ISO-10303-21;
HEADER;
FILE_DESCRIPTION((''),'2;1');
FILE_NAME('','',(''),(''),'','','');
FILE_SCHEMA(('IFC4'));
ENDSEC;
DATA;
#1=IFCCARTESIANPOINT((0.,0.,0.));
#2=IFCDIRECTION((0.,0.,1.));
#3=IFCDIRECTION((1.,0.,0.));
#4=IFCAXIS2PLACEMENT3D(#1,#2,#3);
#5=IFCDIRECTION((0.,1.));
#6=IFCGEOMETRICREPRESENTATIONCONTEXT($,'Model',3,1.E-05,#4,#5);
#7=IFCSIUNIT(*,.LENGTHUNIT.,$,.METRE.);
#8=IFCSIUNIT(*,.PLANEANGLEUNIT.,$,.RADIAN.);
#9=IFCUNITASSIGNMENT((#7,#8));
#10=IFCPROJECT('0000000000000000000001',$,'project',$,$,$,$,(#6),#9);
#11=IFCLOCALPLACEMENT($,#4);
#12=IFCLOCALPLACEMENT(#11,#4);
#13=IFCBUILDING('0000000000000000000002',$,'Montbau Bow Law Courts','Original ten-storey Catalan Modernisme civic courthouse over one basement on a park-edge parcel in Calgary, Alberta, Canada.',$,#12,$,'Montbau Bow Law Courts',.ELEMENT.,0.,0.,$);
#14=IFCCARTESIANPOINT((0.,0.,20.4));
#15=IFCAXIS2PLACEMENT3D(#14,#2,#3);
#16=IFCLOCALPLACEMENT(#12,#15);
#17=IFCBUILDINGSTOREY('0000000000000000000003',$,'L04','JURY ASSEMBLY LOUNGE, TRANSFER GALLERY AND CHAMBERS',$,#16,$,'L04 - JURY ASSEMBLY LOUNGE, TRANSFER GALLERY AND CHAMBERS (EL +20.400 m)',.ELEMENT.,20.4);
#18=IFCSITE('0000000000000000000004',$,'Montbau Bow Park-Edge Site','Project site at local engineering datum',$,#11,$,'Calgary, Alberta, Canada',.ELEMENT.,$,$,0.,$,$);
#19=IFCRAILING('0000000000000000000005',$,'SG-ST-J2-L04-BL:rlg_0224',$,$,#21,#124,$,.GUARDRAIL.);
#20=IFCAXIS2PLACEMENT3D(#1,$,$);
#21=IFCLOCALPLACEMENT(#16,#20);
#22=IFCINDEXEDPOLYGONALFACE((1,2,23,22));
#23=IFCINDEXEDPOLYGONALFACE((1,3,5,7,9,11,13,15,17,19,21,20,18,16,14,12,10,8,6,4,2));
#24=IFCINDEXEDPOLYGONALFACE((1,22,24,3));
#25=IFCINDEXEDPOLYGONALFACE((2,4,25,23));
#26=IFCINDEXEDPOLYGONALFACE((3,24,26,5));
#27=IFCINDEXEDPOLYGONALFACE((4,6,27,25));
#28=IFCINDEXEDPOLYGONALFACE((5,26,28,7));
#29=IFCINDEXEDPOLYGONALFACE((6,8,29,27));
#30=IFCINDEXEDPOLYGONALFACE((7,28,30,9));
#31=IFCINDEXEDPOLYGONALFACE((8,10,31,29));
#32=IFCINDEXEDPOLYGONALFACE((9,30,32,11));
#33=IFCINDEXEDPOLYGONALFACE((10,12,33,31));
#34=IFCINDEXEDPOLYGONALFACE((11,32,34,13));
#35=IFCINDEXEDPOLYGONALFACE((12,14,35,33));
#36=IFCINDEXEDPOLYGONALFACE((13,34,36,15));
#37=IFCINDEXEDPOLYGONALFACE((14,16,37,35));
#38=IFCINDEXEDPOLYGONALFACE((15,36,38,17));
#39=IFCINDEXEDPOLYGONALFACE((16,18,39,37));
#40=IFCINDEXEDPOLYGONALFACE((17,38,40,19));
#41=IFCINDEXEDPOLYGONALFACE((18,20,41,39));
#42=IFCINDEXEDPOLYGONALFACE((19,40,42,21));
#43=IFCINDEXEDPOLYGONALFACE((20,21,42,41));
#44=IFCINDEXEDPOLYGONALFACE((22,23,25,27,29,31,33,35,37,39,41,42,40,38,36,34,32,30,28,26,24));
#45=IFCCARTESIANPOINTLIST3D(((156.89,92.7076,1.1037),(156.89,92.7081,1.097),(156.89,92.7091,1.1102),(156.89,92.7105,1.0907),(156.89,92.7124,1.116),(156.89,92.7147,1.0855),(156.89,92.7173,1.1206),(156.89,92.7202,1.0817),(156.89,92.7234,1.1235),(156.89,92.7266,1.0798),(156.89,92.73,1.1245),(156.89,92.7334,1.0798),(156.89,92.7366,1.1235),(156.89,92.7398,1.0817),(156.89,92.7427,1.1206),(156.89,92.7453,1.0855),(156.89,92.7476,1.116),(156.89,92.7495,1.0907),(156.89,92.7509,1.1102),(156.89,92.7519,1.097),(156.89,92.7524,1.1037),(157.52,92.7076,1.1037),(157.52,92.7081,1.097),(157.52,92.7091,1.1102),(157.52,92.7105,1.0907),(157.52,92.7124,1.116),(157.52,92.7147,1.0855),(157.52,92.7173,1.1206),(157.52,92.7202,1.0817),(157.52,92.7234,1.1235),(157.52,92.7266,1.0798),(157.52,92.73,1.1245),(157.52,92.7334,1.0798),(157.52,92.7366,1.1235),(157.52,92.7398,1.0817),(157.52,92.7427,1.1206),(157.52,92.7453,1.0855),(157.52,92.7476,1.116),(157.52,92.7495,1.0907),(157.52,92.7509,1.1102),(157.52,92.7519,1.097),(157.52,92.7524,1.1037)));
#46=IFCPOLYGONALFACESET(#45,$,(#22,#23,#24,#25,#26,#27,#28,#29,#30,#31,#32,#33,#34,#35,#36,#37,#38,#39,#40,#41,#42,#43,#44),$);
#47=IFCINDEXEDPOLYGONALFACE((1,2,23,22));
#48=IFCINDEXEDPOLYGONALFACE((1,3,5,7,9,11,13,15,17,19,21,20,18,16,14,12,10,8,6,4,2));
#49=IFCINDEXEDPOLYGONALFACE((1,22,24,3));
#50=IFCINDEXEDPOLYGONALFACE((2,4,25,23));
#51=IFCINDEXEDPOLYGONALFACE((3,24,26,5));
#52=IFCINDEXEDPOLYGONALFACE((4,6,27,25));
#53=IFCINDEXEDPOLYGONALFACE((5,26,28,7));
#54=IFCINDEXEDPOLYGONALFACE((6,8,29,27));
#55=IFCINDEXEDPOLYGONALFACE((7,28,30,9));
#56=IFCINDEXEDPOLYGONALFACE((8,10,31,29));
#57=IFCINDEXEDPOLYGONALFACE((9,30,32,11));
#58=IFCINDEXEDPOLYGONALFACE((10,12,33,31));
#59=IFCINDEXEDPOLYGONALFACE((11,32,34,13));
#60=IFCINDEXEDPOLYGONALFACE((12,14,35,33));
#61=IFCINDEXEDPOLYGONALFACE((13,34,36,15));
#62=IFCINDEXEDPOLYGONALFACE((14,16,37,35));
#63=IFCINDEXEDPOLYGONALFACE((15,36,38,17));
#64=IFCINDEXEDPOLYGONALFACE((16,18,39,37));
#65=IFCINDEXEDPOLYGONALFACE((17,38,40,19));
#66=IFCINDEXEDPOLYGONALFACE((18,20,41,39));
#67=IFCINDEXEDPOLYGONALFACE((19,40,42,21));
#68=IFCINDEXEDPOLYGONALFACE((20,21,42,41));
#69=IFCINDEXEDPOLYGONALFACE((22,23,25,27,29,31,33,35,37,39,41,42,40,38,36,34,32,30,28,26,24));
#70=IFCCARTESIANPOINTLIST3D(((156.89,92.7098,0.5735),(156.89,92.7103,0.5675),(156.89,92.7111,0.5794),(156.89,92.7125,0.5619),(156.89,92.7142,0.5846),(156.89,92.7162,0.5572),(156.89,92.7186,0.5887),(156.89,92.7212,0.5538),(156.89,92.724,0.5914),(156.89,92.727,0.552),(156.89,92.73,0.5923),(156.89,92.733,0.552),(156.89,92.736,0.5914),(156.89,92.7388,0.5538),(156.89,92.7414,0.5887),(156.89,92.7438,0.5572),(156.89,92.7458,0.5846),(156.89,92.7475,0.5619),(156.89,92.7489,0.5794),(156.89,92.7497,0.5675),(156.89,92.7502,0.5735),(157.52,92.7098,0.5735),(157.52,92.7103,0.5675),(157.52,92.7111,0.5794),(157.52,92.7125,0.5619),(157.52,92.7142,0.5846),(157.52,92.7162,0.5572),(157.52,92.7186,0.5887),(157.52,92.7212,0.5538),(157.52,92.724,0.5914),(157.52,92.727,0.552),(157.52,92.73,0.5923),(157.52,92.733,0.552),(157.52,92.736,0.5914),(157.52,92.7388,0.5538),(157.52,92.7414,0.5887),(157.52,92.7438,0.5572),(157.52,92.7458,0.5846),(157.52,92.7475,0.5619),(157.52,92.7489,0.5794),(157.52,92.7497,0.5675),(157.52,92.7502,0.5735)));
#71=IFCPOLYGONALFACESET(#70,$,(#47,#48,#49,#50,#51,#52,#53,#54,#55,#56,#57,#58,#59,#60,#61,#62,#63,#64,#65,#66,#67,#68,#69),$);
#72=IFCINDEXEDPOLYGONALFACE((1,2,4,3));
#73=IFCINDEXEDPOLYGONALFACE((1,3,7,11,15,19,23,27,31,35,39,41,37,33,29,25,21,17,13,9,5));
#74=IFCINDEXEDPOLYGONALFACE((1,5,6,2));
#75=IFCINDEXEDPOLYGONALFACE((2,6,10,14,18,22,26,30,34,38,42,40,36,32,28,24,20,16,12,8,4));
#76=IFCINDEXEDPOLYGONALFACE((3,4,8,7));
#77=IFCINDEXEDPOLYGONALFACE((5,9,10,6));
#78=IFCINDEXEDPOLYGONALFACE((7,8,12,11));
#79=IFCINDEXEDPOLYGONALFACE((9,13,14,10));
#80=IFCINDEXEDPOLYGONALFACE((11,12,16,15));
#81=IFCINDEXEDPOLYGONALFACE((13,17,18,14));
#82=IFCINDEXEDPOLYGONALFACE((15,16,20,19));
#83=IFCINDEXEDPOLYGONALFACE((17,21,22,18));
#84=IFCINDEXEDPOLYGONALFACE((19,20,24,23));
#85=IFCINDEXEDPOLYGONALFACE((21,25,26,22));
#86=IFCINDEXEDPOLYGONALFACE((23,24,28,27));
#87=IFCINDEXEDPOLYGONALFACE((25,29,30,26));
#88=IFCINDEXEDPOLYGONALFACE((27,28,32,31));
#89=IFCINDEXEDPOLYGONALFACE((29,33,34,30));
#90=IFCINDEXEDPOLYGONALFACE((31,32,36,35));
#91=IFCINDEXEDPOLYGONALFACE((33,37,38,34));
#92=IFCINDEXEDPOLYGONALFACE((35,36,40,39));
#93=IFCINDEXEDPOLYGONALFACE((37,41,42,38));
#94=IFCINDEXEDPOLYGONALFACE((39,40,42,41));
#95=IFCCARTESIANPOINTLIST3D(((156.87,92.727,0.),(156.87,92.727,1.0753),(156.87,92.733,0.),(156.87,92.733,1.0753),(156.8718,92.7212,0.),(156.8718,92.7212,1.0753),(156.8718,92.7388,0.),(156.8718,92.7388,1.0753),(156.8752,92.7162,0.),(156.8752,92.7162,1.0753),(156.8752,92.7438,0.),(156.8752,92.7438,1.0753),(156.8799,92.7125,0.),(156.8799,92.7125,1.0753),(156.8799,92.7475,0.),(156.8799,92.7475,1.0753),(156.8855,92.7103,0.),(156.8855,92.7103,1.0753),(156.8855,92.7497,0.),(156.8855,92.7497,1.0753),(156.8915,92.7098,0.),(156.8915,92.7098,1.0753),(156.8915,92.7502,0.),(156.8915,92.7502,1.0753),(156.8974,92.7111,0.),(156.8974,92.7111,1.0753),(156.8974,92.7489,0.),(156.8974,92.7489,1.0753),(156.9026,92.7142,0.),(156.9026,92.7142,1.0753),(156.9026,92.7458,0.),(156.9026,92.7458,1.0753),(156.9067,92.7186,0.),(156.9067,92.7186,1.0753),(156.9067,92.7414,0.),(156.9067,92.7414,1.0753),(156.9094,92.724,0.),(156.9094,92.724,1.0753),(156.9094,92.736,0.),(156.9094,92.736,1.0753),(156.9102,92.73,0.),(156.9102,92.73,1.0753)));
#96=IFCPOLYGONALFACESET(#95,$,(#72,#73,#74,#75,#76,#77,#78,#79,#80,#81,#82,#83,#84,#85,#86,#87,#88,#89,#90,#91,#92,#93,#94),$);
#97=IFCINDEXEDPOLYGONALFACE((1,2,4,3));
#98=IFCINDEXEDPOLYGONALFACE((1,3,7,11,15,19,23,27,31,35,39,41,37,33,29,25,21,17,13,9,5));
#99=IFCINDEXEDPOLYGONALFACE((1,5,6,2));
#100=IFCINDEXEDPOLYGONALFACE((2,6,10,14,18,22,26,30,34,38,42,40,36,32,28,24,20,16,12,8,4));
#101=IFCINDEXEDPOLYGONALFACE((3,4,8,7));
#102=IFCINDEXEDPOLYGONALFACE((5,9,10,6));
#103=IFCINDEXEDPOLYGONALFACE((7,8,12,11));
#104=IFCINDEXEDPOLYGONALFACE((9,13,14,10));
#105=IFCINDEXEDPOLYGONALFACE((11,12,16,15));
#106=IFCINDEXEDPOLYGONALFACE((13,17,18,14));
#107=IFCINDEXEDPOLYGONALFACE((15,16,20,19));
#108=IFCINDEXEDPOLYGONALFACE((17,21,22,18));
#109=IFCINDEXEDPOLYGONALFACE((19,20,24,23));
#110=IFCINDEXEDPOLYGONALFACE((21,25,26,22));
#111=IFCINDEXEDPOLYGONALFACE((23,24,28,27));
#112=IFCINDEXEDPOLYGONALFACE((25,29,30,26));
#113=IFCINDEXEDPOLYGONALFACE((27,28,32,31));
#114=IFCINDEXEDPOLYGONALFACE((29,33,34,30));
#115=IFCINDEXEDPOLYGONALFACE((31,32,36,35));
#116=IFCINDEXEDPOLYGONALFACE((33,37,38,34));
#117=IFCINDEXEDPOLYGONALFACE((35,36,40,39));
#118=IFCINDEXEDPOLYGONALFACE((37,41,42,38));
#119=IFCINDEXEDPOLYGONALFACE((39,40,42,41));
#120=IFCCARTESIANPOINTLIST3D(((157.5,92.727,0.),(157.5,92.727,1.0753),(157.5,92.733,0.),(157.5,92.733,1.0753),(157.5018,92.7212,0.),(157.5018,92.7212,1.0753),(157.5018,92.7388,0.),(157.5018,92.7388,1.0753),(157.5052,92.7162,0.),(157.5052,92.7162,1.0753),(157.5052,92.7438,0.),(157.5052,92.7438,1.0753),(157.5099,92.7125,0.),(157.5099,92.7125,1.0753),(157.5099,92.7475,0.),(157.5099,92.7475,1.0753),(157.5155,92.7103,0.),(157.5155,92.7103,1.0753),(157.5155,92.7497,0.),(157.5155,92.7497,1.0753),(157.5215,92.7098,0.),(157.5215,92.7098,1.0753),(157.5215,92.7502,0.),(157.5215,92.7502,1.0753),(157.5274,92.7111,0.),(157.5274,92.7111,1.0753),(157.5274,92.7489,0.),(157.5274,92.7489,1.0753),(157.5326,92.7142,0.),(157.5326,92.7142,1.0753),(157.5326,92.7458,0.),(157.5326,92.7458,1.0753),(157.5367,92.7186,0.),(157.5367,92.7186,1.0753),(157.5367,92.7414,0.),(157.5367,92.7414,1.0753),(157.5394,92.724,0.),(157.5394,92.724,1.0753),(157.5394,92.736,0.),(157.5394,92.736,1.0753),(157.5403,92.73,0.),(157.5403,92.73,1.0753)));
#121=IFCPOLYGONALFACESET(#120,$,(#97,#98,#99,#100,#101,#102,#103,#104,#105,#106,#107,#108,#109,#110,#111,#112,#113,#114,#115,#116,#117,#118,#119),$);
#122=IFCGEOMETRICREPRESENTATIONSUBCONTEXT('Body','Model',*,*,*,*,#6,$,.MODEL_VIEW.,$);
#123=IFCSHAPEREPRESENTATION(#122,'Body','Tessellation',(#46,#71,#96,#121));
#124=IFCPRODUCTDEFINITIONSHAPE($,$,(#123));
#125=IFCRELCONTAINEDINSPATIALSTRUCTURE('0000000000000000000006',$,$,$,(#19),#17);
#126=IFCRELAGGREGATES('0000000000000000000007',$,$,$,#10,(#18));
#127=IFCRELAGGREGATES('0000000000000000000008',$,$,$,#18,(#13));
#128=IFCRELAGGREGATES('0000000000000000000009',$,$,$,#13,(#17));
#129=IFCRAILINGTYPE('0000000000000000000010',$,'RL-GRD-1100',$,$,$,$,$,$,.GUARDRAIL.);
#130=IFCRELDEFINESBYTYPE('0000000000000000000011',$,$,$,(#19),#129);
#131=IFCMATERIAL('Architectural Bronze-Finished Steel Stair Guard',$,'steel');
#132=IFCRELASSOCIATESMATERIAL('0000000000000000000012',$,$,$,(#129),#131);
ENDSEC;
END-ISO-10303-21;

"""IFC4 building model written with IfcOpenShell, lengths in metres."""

from ifc_helpers import new_model, si_unit, direction, frame, origin_with_axes, origin_2d_with_axis, place, context, subcontext, project, spatial, circle, extrude, material, type_object, element, save


model = new_model("IFC4")

# Units and contexts
model_context = context("Model", 3, precision=1e-05, world=origin_with_axes(), true_north=direction((0.0, 1.0)))
body_context = subcontext(model_context, "Body", "Model", "MODEL_VIEW")
ifc_project = project(units=[si_unit("LENGTHUNIT", "METRE"), si_unit("PLANEANGLEUNIT", "RADIAN")], contexts=[model_context])

# Site, building, storey
site_placement = place(None, origin_with_axes())
site = spatial("IfcSite", under=ifc_project, at=site_placement, Name="Montbau Bow Park-Edge Site", Description="Project site at local engineering datum", LongName="Calgary, Alberta, Canada", CompositionType="ELEMENT", RefElevation=0.0)
building_placement = place(site_placement, origin_with_axes())
building = spatial("IfcBuilding", under=site, at=building_placement, Name="Montbau Bow Law Courts", Description="Original ten-storey Catalan Modernisme civic courthouse over one basement on a park-edge parcel in Calgary, Alberta, Canada.", LongName="Montbau Bow Law Courts", CompositionType="ELEMENT", ElevationOfRefHeight=0.0, ElevationOfTerrain=0.0)
storey_placement = place(building_placement, frame((0.0, 0.0, 20.4), z_axis=(0.0, 0.0, 1.0), x_axis=(1.0, 0.0, 0.0)))
storey = spatial("IfcBuildingStorey", under=building, at=storey_placement, Name="L04", Description="JURY ASSEMBLY LOUNGE, TRANSFER GALLERY AND CHAMBERS", LongName="L04 - JURY ASSEMBLY LOUNGE, TRANSFER GALLERY AND CHAMBERS (EL +20.400 m)", CompositionType="ELEMENT", Elevation=20.4)

# Railing
ifc_material_1 = material(Name="Architectural Bronze-Finished Steel Stair Guard", Category="steel")
railing_type_1 = type_object("IfcRailingType", Name="RL-GRD-1100", PredefinedType="GUARDRAIL", material=ifc_material_1)
railing_1_placement = place(None, origin_with_axes())
element("IfcRailing", 1, at=railing_1_placement, inside=storey, type_object=railing_type_1, Name="SG-ST-J2-L04-BL:rlg_0224", PredefinedType="GUARDRAIL", context=body_context, shape_type="SweptSolid", body=[
    extrude(circle(Radius=0.0225, at=origin_2d_with_axis()), frame((156.89, 92.73, 21.502), z_axis=(1.0, 0.0, 0.0), x_axis=(0.0, 0.0, 1.0)), (0.0, 0.0, 1.0), 0.63),
    extrude(circle(Radius=0.0203, at=origin_2d_with_axis()), frame((156.89, 92.73, 20.972), z_axis=(1.0, 0.0, 0.0), x_axis=(0.0, 0.0, 1.0)), (0.0, 0.0, 1.0), 0.63),
    extrude(circle(Radius=0.0203, at=origin_2d_with_axis()), frame((156.89, 92.73, 20.4), z_axis=(0.0, 0.0, 1.0), x_axis=(1.0, 0.0, 0.0)), (0.0, 0.0, 1.0), 1.0753),
    extrude(circle(Radius=0.0203, at=origin_2d_with_axis()), frame((157.52, 92.73, 20.4), z_axis=(0.0, 0.0, 1.0), x_axis=(1.0, 0.0, 0.0)), (0.0, 0.0, 1.0), 1.0753),
])

save(model, "model.ifc")
